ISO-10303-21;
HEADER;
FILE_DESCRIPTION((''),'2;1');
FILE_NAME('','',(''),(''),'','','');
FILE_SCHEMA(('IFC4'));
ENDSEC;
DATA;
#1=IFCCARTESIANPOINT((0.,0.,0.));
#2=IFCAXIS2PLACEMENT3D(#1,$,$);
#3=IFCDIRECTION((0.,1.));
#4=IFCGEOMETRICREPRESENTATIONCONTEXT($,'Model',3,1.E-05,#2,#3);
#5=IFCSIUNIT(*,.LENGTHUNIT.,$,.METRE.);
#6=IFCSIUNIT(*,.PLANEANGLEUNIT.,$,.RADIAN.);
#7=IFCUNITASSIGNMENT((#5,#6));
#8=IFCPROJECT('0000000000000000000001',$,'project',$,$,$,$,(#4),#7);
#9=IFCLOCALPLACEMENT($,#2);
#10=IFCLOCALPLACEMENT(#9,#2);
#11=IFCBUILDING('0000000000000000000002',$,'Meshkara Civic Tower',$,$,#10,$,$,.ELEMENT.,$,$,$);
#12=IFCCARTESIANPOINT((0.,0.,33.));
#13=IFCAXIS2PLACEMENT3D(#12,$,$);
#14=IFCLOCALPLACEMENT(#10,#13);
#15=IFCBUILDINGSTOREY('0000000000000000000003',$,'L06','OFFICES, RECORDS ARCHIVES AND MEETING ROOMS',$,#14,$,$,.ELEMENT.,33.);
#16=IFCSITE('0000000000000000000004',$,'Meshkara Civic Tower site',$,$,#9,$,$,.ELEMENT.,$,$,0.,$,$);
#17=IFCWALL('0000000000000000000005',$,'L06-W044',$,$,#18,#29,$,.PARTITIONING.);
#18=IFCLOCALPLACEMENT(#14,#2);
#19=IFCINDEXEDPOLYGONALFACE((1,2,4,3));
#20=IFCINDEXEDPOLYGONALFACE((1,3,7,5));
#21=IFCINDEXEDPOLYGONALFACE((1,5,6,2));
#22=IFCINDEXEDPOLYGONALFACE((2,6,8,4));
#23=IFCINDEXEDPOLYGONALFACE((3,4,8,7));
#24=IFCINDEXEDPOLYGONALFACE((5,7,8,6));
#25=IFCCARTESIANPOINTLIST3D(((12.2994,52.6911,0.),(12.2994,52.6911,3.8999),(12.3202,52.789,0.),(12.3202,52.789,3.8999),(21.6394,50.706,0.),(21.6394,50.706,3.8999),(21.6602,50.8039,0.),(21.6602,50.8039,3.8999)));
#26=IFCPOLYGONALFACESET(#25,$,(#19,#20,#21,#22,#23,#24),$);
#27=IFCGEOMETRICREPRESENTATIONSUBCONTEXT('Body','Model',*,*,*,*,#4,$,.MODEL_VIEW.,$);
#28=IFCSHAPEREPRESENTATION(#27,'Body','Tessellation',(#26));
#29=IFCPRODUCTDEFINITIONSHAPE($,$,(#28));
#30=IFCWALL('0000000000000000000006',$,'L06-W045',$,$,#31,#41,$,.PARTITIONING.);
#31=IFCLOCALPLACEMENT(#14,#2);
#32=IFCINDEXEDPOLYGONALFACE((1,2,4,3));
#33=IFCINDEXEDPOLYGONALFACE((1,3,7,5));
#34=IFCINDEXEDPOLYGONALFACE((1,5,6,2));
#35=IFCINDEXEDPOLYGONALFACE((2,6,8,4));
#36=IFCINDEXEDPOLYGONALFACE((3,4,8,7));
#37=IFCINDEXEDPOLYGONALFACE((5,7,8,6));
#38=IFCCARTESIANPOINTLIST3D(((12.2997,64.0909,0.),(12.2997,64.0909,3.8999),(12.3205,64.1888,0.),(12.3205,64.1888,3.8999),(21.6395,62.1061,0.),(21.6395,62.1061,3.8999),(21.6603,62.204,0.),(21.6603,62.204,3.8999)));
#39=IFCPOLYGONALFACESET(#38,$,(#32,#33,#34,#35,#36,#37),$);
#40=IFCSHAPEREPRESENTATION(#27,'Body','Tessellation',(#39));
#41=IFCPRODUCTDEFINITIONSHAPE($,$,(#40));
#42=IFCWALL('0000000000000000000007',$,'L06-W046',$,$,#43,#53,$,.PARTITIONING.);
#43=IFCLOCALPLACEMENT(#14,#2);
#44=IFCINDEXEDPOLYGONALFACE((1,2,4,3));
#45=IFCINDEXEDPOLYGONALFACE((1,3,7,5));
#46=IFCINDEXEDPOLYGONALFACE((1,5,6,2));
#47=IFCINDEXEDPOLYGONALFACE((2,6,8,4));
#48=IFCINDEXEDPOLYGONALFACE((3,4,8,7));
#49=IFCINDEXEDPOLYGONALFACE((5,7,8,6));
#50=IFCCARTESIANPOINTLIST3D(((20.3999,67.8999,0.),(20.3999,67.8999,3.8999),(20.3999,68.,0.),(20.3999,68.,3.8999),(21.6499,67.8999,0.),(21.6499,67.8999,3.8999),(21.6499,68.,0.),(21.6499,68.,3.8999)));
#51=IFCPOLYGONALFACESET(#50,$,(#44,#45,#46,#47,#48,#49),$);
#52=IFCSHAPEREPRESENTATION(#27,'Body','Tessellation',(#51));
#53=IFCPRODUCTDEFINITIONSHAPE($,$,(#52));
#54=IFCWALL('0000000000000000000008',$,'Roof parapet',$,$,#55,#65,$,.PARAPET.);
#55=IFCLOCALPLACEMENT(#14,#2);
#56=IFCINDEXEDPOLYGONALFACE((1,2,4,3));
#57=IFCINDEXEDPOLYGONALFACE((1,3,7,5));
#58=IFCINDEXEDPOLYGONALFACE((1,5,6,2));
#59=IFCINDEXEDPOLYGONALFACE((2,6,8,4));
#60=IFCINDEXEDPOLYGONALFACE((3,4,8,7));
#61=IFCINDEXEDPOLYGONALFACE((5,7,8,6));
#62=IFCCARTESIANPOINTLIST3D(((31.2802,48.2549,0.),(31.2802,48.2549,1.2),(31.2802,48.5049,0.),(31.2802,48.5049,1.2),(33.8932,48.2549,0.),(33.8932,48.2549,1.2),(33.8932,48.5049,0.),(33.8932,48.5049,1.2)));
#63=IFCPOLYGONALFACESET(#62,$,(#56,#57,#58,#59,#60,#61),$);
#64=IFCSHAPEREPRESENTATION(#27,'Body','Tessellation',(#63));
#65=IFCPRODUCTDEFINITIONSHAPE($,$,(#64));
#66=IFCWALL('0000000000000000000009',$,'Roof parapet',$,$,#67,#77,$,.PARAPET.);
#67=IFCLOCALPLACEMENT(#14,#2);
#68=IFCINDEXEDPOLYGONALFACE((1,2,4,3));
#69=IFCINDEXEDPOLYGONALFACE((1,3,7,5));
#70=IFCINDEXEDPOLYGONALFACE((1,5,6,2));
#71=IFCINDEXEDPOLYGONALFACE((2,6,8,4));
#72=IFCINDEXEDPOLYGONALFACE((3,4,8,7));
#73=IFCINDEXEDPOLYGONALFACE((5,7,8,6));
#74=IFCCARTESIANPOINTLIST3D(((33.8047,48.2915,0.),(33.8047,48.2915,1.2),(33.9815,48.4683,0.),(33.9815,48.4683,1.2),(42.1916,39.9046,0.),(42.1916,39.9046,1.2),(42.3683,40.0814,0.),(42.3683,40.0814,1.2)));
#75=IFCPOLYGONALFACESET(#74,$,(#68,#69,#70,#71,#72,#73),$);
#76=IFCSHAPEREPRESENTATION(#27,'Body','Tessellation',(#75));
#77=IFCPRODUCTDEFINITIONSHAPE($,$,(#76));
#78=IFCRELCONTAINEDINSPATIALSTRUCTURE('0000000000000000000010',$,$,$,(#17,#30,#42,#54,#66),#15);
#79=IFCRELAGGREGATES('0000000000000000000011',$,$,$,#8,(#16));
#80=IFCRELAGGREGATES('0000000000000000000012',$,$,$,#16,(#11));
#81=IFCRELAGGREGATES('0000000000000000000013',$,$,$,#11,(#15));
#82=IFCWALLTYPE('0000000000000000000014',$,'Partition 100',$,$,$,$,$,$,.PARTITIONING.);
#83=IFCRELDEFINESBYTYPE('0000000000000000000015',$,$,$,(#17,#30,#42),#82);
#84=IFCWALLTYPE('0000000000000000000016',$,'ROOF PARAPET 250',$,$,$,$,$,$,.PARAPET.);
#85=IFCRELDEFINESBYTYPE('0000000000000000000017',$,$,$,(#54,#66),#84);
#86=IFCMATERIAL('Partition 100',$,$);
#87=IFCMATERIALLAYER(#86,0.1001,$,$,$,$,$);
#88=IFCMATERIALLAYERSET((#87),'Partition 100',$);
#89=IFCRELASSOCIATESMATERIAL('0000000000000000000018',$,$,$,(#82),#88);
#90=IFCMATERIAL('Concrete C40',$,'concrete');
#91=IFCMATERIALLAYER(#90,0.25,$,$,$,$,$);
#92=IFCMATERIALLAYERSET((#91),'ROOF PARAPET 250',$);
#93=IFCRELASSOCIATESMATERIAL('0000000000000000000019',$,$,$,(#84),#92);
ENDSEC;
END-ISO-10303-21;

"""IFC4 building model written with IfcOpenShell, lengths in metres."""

from ifc_helpers import new_model, si_unit, direction, frame, frame_2d, origin, place, context, subcontext, project, spatial, rectangle, extrude, material, layer, layer_set, type_object, element, save


model = new_model("IFC4")

# Units and contexts
model_context = context("Model", 3, precision=1e-05, world=origin(), true_north=direction((0.0, 1.0)))
body_context = subcontext(model_context, "Body", "Model", "MODEL_VIEW")
ifc_project = project(units=[si_unit("LENGTHUNIT", "METRE"), si_unit("PLANEANGLEUNIT", "RADIAN")], contexts=[model_context])

# Site, building, storey
site_placement = place(None, origin())
site = spatial("IfcSite", under=ifc_project, at=site_placement, Name="Meshkara Civic Tower site", CompositionType="ELEMENT", RefElevation=0.0)
building_placement = place(site_placement, origin())
building = spatial("IfcBuilding", under=site, at=building_placement, Name="Meshkara Civic Tower", CompositionType="ELEMENT")
storey_placement = place(building_placement, frame((0.0, 0.0, 33.0)))
storey = spatial("IfcBuildingStorey", under=building, at=storey_placement, Name="L06", Description="OFFICES, RECORDS ARCHIVES AND MEETING ROOMS", CompositionType="ELEMENT", Elevation=33.0)

# Walls
ifc_material_1 = material(Name="Partition 100")
ifc_layer_1 = layer(ifc_material_1, 0.1001)
ifc_layer_set_1 = layer_set([ifc_layer_1], Name="Partition 100")
wall_type_1 = type_object("IfcWallType", Name="Partition 100", PredefinedType="PARTITIONING", material=ifc_layer_set_1)
wall_1_placement = place(storey_placement, frame((21.6499, 50.7549, 0.0), z_axis=(0.0, 0.0, 1.0), x_axis=(-0.978151, 0.207898, 0.0)))
element("IfcWall", 1, at=wall_1_placement, inside=storey, type_object=wall_type_1, Name="L06-W044", PredefinedType="PARTITIONING", context=body_context, shape_type="SweptSolid", body=[
    extrude(rectangle(XDim=9.5486, YDim=0.1001, at=frame_2d((4.7744, 0.0))), origin(), (0.0, 0.0, 1.0), 3.8999),
])
wall_2_placement = place(storey_placement, frame((21.6499, 62.155, 0.0), z_axis=(0.0, 0.0, 1.0), x_axis=(-0.978156, 0.207873, 0.0)))
element("IfcWall", 2, at=wall_2_placement, inside=storey, type_object=wall_type_1, Name="L06-W045", PredefinedType="PARTITIONING", context=body_context, shape_type="SweptSolid", body=[
    extrude(rectangle(XDim=9.5483, YDim=0.1001, at=frame_2d((4.7742, 0.0))), origin(), (0.0, 0.0, 1.0), 3.8999),
])
wall_3_placement = place(storey_placement, frame((21.6499, 67.95, 0.0), z_axis=(0.0, 0.0, 1.0), x_axis=(-1.0, 0.0, 0.0)))
element("IfcWall", 3, at=wall_3_placement, inside=storey, type_object=wall_type_1, Name="L06-W046", PredefinedType="PARTITIONING", context=body_context, shape_type="SweptSolid", body=[
    extrude(rectangle(XDim=1.25, YDim=0.1001, at=frame_2d((0.625, 0.0))), origin(), (0.0, 0.0, 1.0), 3.8999),
])
ifc_material_2 = material(Name="Concrete C40", Category="concrete")
ifc_layer_2 = layer(ifc_material_2, 0.25)
ifc_layer_set_2 = layer_set([ifc_layer_2], Name="ROOF PARAPET 250")
wall_type_2 = type_object("IfcWallType", Name="ROOF PARAPET 250", PredefinedType="PARAPET", material=ifc_layer_set_2)
wall_4_placement = place(storey_placement, frame((31.28, 48.3799, 0.0), z_axis=(0.0, 0.0, 1.0), x_axis=(1.0, 0.0, 0.0)))
element("IfcWall", 4, at=wall_4_placement, inside=storey, type_object=wall_type_2, Name="Roof parapet", PredefinedType="PARAPET", context=body_context, shape_type="SweptSolid", body=[
    extrude(rectangle(XDim=2.613, YDim=0.25, at=frame_2d((1.3066, 0.0))), origin(), (0.0, 0.0, 1.0), 1.2),
])
wall_5_placement = place(storey_placement, frame((33.8931, 48.3799, 0.0), z_axis=(0.0, 0.0, 1.0), x_axis=(0.707107, -0.707107, 0.0)))
element("IfcWall", 5, at=wall_5_placement, inside=storey, type_object=wall_type_2, Name="Roof parapet", PredefinedType="PARAPET", context=body_context, shape_type="SweptSolid", body=[
    extrude(rectangle(XDim=11.8608, YDim=0.25, at=frame_2d((5.9304, 0.0))), origin(), (0.0, 0.0, 1.0), 1.2),
])

save(model, "model.ifc")
